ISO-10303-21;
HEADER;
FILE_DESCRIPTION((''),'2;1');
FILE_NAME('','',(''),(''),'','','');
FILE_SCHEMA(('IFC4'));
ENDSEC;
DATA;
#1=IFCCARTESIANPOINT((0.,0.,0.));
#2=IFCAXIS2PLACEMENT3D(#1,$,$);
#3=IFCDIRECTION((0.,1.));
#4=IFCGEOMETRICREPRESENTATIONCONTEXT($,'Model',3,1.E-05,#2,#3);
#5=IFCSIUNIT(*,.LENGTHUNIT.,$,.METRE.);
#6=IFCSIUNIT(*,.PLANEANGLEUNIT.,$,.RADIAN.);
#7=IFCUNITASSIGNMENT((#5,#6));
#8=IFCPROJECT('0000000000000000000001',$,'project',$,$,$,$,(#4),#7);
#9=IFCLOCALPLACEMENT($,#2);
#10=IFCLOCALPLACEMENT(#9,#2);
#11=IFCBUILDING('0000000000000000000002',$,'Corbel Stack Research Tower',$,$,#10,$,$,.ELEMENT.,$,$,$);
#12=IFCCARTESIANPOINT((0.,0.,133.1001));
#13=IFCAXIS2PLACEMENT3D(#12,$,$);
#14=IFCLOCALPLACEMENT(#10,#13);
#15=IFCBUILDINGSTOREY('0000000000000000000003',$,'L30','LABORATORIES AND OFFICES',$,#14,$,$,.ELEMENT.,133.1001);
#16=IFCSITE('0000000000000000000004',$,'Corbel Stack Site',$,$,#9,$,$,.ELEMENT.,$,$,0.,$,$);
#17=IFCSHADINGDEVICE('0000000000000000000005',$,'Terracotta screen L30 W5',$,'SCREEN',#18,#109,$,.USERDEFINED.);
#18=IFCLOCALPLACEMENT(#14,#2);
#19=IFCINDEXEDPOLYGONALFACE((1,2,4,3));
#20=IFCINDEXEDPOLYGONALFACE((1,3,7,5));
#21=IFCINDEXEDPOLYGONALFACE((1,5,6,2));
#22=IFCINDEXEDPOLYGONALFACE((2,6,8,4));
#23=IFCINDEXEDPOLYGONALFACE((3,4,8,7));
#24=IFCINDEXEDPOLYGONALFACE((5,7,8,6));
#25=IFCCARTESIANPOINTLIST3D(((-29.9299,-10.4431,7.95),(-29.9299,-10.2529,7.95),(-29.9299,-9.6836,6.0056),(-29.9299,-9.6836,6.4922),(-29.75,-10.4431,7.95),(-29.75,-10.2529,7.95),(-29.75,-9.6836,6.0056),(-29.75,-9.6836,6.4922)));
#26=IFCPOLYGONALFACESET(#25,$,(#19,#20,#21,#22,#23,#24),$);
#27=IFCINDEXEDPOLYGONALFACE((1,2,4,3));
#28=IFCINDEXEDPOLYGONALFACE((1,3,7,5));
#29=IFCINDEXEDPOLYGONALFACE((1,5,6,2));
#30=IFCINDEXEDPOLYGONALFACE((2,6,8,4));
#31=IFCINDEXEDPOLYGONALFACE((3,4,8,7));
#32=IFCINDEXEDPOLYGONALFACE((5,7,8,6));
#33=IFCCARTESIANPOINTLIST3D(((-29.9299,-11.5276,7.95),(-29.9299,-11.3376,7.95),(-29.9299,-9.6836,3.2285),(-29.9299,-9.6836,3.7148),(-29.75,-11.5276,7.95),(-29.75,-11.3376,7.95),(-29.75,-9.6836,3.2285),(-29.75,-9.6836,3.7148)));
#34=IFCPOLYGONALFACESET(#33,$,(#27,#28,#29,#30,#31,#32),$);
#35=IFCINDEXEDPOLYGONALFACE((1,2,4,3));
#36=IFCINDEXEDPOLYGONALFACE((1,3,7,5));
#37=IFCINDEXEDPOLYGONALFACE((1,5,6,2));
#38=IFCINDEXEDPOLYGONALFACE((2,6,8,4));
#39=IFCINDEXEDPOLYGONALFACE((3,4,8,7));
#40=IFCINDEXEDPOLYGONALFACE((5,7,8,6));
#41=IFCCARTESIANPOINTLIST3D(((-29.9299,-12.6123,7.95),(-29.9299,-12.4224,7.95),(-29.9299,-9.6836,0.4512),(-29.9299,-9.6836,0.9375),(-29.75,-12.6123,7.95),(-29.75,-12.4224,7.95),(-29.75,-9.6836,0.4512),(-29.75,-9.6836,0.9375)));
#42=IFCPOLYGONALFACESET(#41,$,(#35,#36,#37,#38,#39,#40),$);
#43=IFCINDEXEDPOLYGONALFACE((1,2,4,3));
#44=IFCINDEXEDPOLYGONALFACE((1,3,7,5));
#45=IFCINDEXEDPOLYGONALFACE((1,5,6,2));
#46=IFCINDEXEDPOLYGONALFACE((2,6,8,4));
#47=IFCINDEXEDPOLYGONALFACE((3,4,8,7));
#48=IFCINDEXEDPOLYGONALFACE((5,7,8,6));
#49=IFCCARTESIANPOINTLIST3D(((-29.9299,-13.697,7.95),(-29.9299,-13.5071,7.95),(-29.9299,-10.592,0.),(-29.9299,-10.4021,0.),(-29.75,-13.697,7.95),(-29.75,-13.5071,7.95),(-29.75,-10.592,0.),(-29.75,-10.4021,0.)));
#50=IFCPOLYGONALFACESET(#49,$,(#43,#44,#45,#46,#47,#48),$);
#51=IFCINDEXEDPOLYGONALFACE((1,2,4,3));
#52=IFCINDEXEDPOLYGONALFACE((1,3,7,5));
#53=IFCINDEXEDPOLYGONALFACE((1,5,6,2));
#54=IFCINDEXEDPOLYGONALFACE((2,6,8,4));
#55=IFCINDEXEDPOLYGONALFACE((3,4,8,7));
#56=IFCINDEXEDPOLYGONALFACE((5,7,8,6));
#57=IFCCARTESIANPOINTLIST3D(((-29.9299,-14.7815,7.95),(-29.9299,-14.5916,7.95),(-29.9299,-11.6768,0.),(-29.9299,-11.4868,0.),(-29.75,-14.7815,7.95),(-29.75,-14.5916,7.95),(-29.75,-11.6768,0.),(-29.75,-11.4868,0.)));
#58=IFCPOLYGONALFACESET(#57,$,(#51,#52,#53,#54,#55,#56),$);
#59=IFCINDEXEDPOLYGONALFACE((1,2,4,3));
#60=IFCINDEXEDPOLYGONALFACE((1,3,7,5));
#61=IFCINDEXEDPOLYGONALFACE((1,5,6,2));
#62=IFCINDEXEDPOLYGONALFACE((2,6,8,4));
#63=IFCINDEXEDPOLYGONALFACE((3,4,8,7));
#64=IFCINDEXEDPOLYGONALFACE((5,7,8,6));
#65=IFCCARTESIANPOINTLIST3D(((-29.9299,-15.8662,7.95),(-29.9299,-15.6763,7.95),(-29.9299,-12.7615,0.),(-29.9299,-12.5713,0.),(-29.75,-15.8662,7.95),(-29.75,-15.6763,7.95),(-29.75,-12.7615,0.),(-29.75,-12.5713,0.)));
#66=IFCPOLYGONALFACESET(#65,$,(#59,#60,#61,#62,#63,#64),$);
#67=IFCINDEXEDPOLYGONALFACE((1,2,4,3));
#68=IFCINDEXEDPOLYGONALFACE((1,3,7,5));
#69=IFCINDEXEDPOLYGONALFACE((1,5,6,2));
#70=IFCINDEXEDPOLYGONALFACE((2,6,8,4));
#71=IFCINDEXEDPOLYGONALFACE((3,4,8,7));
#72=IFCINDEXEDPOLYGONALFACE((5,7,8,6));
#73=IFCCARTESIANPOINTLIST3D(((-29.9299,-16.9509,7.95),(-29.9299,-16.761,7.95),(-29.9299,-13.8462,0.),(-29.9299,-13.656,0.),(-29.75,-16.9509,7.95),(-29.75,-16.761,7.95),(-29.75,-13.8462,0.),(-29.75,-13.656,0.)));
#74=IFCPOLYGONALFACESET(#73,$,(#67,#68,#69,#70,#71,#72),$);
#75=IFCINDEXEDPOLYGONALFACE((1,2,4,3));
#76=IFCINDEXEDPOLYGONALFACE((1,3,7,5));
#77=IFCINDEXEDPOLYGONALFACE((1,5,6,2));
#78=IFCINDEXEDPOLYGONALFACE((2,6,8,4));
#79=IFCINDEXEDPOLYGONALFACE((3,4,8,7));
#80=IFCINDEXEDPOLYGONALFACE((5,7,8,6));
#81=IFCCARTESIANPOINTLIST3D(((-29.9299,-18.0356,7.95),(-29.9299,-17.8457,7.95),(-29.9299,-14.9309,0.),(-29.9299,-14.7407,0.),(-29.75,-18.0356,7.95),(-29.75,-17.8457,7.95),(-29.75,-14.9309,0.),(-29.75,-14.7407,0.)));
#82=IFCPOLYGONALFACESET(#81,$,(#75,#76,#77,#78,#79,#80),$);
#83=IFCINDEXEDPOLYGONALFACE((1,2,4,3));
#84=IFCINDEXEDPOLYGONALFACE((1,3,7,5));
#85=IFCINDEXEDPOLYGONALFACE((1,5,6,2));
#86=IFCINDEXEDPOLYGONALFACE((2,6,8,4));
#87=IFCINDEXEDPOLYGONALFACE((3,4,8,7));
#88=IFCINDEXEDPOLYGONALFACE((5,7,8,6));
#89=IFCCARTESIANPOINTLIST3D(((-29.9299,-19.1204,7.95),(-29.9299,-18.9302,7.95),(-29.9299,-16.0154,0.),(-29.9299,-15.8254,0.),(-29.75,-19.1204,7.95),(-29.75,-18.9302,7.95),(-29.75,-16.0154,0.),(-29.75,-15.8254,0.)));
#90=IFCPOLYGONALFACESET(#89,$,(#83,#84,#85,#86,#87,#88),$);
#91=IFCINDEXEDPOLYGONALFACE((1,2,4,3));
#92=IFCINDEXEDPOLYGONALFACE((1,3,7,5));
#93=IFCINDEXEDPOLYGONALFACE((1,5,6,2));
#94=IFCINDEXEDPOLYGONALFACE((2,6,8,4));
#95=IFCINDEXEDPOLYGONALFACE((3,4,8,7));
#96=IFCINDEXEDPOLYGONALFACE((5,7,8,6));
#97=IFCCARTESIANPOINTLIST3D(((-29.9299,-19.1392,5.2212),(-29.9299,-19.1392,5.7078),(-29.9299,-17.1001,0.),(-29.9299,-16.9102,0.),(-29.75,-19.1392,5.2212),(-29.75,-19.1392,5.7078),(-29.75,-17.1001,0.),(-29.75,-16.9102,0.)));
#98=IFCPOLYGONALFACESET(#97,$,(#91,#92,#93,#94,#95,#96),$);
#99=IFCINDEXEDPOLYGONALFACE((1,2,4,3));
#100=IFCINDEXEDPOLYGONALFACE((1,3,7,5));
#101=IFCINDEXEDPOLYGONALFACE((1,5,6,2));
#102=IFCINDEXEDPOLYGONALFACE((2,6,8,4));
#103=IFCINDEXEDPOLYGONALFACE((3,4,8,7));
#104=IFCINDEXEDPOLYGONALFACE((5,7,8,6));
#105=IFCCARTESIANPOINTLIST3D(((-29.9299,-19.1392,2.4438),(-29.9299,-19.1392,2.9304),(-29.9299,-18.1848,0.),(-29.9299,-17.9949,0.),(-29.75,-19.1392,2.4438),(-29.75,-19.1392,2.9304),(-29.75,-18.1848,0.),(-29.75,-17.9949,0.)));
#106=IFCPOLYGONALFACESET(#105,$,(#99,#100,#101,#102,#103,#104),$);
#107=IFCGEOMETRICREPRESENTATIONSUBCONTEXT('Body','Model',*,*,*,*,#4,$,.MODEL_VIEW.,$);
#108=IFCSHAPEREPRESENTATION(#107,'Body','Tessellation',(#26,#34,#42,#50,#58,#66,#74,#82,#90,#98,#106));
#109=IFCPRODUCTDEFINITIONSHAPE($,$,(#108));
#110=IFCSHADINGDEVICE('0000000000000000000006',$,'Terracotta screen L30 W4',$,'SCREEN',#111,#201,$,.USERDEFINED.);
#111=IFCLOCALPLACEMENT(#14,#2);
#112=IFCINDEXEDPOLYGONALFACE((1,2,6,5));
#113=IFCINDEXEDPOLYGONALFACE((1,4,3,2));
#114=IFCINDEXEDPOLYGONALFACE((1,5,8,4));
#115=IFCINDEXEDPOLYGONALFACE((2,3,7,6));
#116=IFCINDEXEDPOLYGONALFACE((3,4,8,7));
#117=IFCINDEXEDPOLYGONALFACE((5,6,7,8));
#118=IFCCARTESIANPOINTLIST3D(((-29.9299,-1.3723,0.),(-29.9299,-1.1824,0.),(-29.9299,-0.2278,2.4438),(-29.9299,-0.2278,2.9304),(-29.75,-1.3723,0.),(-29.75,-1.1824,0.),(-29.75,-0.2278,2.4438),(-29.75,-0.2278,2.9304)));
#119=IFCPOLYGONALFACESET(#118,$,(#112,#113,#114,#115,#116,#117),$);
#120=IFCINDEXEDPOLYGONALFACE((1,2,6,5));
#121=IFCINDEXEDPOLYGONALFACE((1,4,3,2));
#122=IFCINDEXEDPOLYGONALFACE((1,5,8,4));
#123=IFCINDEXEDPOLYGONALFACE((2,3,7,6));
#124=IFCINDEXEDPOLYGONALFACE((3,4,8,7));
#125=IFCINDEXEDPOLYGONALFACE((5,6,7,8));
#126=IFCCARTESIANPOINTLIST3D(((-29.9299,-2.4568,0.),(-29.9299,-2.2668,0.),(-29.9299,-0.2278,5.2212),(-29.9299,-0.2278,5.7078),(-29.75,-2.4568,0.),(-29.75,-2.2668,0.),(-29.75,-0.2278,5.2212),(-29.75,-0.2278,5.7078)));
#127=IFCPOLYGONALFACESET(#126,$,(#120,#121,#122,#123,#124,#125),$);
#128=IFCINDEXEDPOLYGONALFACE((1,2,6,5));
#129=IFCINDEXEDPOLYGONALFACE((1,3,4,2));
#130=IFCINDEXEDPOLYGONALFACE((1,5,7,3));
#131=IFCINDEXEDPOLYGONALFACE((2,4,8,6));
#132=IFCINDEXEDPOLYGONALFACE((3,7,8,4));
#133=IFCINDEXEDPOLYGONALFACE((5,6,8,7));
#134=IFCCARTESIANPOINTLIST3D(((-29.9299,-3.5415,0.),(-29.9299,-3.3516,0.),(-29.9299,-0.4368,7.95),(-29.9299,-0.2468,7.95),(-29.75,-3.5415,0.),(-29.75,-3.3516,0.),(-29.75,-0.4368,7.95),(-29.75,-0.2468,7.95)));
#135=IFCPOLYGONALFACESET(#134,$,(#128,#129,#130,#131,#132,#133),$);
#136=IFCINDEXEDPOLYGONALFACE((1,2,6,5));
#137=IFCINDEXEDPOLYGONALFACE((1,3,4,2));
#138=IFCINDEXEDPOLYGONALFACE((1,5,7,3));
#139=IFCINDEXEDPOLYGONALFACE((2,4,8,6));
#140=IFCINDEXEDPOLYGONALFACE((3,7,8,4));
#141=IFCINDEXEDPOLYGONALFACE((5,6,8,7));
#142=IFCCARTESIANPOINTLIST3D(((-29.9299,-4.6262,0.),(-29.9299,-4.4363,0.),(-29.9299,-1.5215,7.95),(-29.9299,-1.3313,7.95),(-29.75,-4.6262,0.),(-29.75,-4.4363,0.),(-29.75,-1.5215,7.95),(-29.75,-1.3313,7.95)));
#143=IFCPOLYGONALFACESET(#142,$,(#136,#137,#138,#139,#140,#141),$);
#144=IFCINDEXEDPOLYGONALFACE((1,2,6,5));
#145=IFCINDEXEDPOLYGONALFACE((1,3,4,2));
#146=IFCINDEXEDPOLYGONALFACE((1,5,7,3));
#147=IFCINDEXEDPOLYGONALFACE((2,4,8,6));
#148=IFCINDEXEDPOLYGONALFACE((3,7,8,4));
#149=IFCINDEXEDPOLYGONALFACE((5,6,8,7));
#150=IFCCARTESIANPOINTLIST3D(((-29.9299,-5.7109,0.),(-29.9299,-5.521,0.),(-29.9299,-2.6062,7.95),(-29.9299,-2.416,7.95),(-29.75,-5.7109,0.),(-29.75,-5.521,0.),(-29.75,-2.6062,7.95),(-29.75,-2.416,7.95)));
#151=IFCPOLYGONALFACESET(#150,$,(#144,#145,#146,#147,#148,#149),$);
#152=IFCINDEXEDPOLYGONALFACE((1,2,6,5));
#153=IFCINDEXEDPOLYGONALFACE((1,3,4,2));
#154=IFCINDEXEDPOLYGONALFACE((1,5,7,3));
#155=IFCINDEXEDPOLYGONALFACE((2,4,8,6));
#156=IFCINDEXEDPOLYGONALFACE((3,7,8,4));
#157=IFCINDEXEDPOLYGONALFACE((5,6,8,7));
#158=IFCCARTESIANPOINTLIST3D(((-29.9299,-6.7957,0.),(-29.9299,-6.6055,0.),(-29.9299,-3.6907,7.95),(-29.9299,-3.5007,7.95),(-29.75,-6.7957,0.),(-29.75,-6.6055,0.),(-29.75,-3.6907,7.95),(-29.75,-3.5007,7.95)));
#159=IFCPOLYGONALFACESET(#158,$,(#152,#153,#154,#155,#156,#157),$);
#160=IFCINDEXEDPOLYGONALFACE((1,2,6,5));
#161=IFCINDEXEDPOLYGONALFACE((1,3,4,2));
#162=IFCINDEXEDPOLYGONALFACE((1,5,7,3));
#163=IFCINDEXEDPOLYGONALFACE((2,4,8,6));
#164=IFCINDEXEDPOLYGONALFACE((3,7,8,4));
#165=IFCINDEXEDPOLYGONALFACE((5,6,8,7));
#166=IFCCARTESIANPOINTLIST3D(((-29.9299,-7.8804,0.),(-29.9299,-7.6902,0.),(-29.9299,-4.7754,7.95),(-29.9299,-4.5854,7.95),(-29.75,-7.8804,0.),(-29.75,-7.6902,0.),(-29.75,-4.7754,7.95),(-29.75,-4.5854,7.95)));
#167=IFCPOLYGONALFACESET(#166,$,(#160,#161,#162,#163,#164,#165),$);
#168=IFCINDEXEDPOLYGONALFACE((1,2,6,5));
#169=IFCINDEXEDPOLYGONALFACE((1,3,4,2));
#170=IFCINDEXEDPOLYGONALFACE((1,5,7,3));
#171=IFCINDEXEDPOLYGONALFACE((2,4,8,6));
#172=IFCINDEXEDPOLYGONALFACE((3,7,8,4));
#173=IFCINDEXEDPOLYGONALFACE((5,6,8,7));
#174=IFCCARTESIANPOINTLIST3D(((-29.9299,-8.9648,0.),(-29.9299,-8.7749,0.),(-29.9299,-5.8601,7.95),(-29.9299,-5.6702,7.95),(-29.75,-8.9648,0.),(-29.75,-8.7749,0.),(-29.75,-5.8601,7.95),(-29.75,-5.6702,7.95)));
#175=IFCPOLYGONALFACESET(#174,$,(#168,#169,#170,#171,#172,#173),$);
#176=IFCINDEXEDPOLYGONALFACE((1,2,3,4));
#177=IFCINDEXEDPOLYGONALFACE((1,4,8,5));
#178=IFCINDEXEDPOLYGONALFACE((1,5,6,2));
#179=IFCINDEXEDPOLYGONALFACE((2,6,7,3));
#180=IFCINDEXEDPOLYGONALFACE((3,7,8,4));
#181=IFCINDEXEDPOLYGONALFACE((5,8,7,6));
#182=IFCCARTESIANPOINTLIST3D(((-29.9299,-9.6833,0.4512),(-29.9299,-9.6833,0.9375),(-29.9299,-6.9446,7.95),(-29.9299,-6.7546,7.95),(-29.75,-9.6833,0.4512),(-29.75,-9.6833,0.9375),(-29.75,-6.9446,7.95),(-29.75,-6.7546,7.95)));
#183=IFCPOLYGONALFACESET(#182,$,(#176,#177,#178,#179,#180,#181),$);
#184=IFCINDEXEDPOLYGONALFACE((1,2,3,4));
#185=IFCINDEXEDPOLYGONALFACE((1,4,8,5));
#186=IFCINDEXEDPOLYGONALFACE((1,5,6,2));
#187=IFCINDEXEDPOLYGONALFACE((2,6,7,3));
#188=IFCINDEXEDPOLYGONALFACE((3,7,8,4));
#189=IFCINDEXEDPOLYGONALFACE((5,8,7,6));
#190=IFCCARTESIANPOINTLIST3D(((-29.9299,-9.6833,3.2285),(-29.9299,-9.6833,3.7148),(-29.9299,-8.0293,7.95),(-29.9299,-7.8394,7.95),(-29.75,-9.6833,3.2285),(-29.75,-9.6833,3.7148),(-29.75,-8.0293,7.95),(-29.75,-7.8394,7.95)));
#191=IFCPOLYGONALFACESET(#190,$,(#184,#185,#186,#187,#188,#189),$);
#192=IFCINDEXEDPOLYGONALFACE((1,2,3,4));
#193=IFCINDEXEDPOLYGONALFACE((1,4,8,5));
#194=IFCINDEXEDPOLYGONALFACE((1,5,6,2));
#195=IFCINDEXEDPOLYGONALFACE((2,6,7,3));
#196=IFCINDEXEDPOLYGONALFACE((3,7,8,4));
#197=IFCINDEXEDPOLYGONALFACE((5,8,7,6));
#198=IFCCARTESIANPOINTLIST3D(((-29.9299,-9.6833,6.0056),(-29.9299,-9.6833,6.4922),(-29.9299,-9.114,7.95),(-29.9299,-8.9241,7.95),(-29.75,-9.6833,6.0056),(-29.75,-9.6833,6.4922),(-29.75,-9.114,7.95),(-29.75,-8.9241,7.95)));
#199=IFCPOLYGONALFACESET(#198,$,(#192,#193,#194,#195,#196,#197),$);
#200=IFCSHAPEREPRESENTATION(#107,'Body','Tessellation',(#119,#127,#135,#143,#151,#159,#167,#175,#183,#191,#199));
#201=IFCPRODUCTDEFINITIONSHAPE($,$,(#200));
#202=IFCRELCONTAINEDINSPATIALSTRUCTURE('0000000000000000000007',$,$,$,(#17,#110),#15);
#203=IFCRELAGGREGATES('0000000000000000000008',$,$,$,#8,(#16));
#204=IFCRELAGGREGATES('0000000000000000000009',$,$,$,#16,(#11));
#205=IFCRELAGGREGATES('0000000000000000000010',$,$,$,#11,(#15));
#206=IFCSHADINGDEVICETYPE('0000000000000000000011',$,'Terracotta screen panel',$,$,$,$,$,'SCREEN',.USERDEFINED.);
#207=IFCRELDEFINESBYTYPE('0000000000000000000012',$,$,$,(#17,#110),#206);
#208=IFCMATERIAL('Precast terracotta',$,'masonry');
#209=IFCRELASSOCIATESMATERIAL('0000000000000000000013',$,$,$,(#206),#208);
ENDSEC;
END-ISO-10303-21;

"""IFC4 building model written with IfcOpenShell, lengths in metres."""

from ifc_helpers import new_model, si_unit, direction, frame, origin, place, context, subcontext, project, spatial, polyline, outline, extrude, source, transform, mapped, material, type_object, element, save


model = new_model("IFC4")

# Units and contexts
model_context = context("Model", 3, precision=1e-05, world=origin(), true_north=direction((0.0, 1.0)))
body_context = subcontext(model_context, "Body", "Model", "MODEL_VIEW")
ifc_project = project(units=[si_unit("LENGTHUNIT", "METRE"), si_unit("PLANEANGLEUNIT", "RADIAN")], contexts=[model_context])

# Site, building, storey
site_placement = place(None, origin())
site = spatial("IfcSite", under=ifc_project, at=site_placement, Name="Corbel Stack Site", CompositionType="ELEMENT", RefElevation=0.0)
building_placement = place(site_placement, origin())
building = spatial("IfcBuilding", under=site, at=building_placement, Name="Corbel Stack Research Tower", CompositionType="ELEMENT")
storey_placement = place(building_placement, frame((0.0, 0.0, 133.1001)))
storey = spatial("IfcBuildingStorey", under=building, at=storey_placement, Name="L30", Description="LABORATORIES AND OFFICES", CompositionType="ELEMENT", Elevation=133.1001)

# Shading devices
ifc_material_1 = material(Name="Precast terracotta", Category="masonry")
shading_device_type = type_object("IfcShadingDeviceType", Name="Terracotta screen panel", ElementType="SCREEN", PredefinedType="USERDEFINED", material=ifc_material_1)
shared_shape_1 = source(origin(), body_context, "Body", "SweptSolid", [
    extrude(outline(polyline([(0.7595, 7.95), (0.5693, 7.95), (0.0, 6.4922), (0.0, 6.0056), (0.7595, 7.95)])), frame((0.0, 0.0, 0.0), z_axis=(0.0, -1.0, 0.0), x_axis=(1.0, 0.0, 0.0)), (0.0, 0.0, 1.0), 0.1799),
    extrude(outline(polyline([(1.844, 7.95), (1.6541, 7.95), (0.0, 3.7148), (0.0, 3.2285), (1.844, 7.95)])), frame((0.0, 0.0, 0.0), z_axis=(0.0, -1.0, 0.0), x_axis=(1.0, 0.0, 0.0)), (0.0, 0.0, 1.0), 0.1799),
    extrude(outline(polyline([(2.9287, 7.95), (2.7388, 7.95), (0.0, 0.9375), (0.0, 0.4512), (2.9287, 7.95)])), frame((0.0, 0.0, 0.0), z_axis=(0.0, -1.0, 0.0), x_axis=(1.0, 0.0, 0.0)), (0.0, 0.0, 1.0), 0.1799),
    extrude(outline(polyline([(0.9084, 0.0), (4.0134, 7.95), (3.8235, 7.95), (0.7185, 0.0), (0.9084, 0.0)])), frame((0.0, 0.0, 0.0), z_axis=(0.0, -1.0, 0.0), x_axis=(1.0, 0.0, 0.0)), (0.0, 0.0, 1.0), 0.1799),
    extrude(outline(polyline([(1.9932, 0.0), (5.0979, 7.95), (4.908, 7.95), (1.8032, 0.0), (1.9932, 0.0)])), frame((0.0, 0.0, 0.0), z_axis=(0.0, -1.0, 0.0), x_axis=(1.0, 0.0, 0.0)), (0.0, 0.0, 1.0), 0.1799),
    extrude(outline(polyline([(3.0779, 0.0), (6.1826, 7.95), (5.9927, 7.95), (2.8877, 0.0), (3.0779, 0.0)])), frame((0.0, 0.0, 0.0), z_axis=(0.0, -1.0, 0.0), x_axis=(1.0, 0.0, 0.0)), (0.0, 0.0, 1.0), 0.1799),
    extrude(outline(polyline([(4.1626, 0.0), (7.2673, 7.95), (7.0774, 7.95), (3.9724, 0.0), (4.1626, 0.0)])), frame((0.0, 0.0, 0.0), z_axis=(0.0, -1.0, 0.0), x_axis=(1.0, 0.0, 0.0)), (0.0, 0.0, 1.0), 0.1799),
    extrude(outline(polyline([(5.2473, 0.0), (8.3521, 7.95), (8.1621, 7.95), (5.0571, 0.0), (5.2473, 0.0)])), frame((0.0, 0.0, 0.0), z_axis=(0.0, -1.0, 0.0), x_axis=(1.0, 0.0, 0.0)), (0.0, 0.0, 1.0), 0.1799),
    extrude(outline(polyline([(6.3318, 0.0), (9.4368, 7.95), (9.2466, 7.95), (6.1418, 0.0), (6.3318, 0.0)])), frame((0.0, 0.0, 0.0), z_axis=(0.0, -1.0, 0.0), x_axis=(1.0, 0.0, 0.0)), (0.0, 0.0, 1.0), 0.1799),
    extrude(outline(polyline([(7.4165, 0.0), (9.4556, 5.2212), (9.4556, 5.7078), (7.2266, 0.0), (7.4165, 0.0)])), frame((0.0, 0.0, 0.0), z_axis=(0.0, -1.0, 0.0), x_axis=(1.0, 0.0, 0.0)), (0.0, 0.0, 1.0), 0.1799),
    extrude(outline(polyline([(8.5012, 0.0), (9.4556, 2.4438), (9.4556, 2.9304), (8.3113, 0.0), (8.5012, 0.0)])), frame((0.0, 0.0, 0.0), z_axis=(0.0, -1.0, 0.0), x_axis=(1.0, 0.0, 0.0)), (0.0, 0.0, 1.0), 0.1799),
])
shading_device_1_placement = place(storey_placement, frame((-29.75, -9.6836, 0.0), z_axis=(0.0, 0.0, 1.0), x_axis=(0.0, -1.0, 0.0)))
element("IfcShadingDevice", 1, at=shading_device_1_placement, inside=storey, type_object=shading_device_type, Name="Terracotta screen L30 W5", ObjectType="SCREEN", PredefinedType="USERDEFINED", context=body_context, shape_type="MappedRepresentation", body=[
    mapped(shared_shape_1, transform((0.0, 0.0, 0.0))),
])
shared_shape_2 = source(origin(), body_context, "Body", "SweptSolid", [
    extrude(outline(polyline([(1.1445, 0.0), (0.0, 2.9304), (0.0, 2.4438), (0.9546, 0.0), (1.1445, 0.0)])), frame((0.0, 0.0, 0.0), z_axis=(0.0, -1.0, 0.0), x_axis=(1.0, 0.0, 0.0)), (0.0, 0.0, 1.0), 0.1799),
    extrude(outline(polyline([(2.229, 0.0), (0.0, 5.7078), (0.0, 5.2212), (2.0391, 0.0), (2.229, 0.0)])), frame((0.0, 0.0, 0.0), z_axis=(0.0, -1.0, 0.0), x_axis=(1.0, 0.0, 0.0)), (0.0, 0.0, 1.0), 0.1799),
    extrude(outline(polyline([(3.3137, 0.0), (0.209, 7.95), (0.019, 7.95), (3.1238, 0.0), (3.3137, 0.0)])), frame((0.0, 0.0, 0.0), z_axis=(0.0, -1.0, 0.0), x_axis=(1.0, 0.0, 0.0)), (0.0, 0.0, 1.0), 0.1799),
    extrude(outline(polyline([(4.3984, 0.0), (1.2937, 7.95), (1.1035, 7.95), (4.2085, 0.0), (4.3984, 0.0)])), frame((0.0, 0.0, 0.0), z_axis=(0.0, -1.0, 0.0), x_axis=(1.0, 0.0, 0.0)), (0.0, 0.0, 1.0), 0.1799),
    extrude(outline(polyline([(5.4832, 0.0), (2.3784, 7.95), (2.1882, 7.95), (5.2932, 0.0), (5.4832, 0.0)])), frame((0.0, 0.0, 0.0), z_axis=(0.0, -1.0, 0.0), x_axis=(1.0, 0.0, 0.0)), (0.0, 0.0, 1.0), 0.1799),
    extrude(outline(polyline([(6.5679, 0.0), (3.4629, 7.95), (3.2729, 7.95), (6.3777, 0.0), (6.5679, 0.0)])), frame((0.0, 0.0, 0.0), z_axis=(0.0, -1.0, 0.0), x_axis=(1.0, 0.0, 0.0)), (0.0, 0.0, 1.0), 0.1799),
    extrude(outline(polyline([(7.6526, 0.0), (4.5476, 7.95), (4.3577, 7.95), (7.4624, 0.0), (7.6526, 0.0)])), frame((0.0, 0.0, 0.0), z_axis=(0.0, -1.0, 0.0), x_axis=(1.0, 0.0, 0.0)), (0.0, 0.0, 1.0), 0.1799),
    extrude(outline(polyline([(8.7371, 0.0), (5.6323, 7.95), (5.4424, 7.95), (8.5471, 0.0), (8.7371, 0.0)])), frame((0.0, 0.0, 0.0), z_axis=(0.0, -1.0, 0.0), x_axis=(1.0, 0.0, 0.0)), (0.0, 0.0, 1.0), 0.1799),
    extrude(outline(polyline([(6.7168, 7.95), (6.5269, 7.95), (9.4556, 0.4512), (9.4556, 0.9375), (6.7168, 7.95)])), frame((0.0, 0.0, 0.0), z_axis=(0.0, -1.0, 0.0), x_axis=(1.0, 0.0, 0.0)), (0.0, 0.0, 1.0), 0.1799),
    extrude(outline(polyline([(7.8015, 7.95), (7.6116, 7.95), (9.4556, 3.2285), (9.4556, 3.7148), (7.8015, 7.95)])), frame((0.0, 0.0, 0.0), z_axis=(0.0, -1.0, 0.0), x_axis=(1.0, 0.0, 0.0)), (0.0, 0.0, 1.0), 0.1799),
    extrude(outline(polyline([(8.8862, 7.95), (8.6963, 7.95), (9.4556, 6.0056), (9.4556, 6.4922), (8.8862, 7.95)])), frame((0.0, 0.0, 0.0), z_axis=(0.0, -1.0, 0.0), x_axis=(1.0, 0.0, 0.0)), (0.0, 0.0, 1.0), 0.1799),
])
shading_device_2_placement = place(storey_placement, frame((-29.75, -0.2278, 0.0), z_axis=(0.0, 0.0, 1.0), x_axis=(0.0, -1.0, 0.0)))
element("IfcShadingDevice", 2, at=shading_device_2_placement, inside=storey, type_object=shading_device_type, Name="Terracotta screen L30 W4", ObjectType="SCREEN", PredefinedType="USERDEFINED", context=body_context, shape_type="MappedRepresentation", body=[
    mapped(shared_shape_2, transform((0.0, 0.0, 0.0))),
])

save(model, "model.ifc")
